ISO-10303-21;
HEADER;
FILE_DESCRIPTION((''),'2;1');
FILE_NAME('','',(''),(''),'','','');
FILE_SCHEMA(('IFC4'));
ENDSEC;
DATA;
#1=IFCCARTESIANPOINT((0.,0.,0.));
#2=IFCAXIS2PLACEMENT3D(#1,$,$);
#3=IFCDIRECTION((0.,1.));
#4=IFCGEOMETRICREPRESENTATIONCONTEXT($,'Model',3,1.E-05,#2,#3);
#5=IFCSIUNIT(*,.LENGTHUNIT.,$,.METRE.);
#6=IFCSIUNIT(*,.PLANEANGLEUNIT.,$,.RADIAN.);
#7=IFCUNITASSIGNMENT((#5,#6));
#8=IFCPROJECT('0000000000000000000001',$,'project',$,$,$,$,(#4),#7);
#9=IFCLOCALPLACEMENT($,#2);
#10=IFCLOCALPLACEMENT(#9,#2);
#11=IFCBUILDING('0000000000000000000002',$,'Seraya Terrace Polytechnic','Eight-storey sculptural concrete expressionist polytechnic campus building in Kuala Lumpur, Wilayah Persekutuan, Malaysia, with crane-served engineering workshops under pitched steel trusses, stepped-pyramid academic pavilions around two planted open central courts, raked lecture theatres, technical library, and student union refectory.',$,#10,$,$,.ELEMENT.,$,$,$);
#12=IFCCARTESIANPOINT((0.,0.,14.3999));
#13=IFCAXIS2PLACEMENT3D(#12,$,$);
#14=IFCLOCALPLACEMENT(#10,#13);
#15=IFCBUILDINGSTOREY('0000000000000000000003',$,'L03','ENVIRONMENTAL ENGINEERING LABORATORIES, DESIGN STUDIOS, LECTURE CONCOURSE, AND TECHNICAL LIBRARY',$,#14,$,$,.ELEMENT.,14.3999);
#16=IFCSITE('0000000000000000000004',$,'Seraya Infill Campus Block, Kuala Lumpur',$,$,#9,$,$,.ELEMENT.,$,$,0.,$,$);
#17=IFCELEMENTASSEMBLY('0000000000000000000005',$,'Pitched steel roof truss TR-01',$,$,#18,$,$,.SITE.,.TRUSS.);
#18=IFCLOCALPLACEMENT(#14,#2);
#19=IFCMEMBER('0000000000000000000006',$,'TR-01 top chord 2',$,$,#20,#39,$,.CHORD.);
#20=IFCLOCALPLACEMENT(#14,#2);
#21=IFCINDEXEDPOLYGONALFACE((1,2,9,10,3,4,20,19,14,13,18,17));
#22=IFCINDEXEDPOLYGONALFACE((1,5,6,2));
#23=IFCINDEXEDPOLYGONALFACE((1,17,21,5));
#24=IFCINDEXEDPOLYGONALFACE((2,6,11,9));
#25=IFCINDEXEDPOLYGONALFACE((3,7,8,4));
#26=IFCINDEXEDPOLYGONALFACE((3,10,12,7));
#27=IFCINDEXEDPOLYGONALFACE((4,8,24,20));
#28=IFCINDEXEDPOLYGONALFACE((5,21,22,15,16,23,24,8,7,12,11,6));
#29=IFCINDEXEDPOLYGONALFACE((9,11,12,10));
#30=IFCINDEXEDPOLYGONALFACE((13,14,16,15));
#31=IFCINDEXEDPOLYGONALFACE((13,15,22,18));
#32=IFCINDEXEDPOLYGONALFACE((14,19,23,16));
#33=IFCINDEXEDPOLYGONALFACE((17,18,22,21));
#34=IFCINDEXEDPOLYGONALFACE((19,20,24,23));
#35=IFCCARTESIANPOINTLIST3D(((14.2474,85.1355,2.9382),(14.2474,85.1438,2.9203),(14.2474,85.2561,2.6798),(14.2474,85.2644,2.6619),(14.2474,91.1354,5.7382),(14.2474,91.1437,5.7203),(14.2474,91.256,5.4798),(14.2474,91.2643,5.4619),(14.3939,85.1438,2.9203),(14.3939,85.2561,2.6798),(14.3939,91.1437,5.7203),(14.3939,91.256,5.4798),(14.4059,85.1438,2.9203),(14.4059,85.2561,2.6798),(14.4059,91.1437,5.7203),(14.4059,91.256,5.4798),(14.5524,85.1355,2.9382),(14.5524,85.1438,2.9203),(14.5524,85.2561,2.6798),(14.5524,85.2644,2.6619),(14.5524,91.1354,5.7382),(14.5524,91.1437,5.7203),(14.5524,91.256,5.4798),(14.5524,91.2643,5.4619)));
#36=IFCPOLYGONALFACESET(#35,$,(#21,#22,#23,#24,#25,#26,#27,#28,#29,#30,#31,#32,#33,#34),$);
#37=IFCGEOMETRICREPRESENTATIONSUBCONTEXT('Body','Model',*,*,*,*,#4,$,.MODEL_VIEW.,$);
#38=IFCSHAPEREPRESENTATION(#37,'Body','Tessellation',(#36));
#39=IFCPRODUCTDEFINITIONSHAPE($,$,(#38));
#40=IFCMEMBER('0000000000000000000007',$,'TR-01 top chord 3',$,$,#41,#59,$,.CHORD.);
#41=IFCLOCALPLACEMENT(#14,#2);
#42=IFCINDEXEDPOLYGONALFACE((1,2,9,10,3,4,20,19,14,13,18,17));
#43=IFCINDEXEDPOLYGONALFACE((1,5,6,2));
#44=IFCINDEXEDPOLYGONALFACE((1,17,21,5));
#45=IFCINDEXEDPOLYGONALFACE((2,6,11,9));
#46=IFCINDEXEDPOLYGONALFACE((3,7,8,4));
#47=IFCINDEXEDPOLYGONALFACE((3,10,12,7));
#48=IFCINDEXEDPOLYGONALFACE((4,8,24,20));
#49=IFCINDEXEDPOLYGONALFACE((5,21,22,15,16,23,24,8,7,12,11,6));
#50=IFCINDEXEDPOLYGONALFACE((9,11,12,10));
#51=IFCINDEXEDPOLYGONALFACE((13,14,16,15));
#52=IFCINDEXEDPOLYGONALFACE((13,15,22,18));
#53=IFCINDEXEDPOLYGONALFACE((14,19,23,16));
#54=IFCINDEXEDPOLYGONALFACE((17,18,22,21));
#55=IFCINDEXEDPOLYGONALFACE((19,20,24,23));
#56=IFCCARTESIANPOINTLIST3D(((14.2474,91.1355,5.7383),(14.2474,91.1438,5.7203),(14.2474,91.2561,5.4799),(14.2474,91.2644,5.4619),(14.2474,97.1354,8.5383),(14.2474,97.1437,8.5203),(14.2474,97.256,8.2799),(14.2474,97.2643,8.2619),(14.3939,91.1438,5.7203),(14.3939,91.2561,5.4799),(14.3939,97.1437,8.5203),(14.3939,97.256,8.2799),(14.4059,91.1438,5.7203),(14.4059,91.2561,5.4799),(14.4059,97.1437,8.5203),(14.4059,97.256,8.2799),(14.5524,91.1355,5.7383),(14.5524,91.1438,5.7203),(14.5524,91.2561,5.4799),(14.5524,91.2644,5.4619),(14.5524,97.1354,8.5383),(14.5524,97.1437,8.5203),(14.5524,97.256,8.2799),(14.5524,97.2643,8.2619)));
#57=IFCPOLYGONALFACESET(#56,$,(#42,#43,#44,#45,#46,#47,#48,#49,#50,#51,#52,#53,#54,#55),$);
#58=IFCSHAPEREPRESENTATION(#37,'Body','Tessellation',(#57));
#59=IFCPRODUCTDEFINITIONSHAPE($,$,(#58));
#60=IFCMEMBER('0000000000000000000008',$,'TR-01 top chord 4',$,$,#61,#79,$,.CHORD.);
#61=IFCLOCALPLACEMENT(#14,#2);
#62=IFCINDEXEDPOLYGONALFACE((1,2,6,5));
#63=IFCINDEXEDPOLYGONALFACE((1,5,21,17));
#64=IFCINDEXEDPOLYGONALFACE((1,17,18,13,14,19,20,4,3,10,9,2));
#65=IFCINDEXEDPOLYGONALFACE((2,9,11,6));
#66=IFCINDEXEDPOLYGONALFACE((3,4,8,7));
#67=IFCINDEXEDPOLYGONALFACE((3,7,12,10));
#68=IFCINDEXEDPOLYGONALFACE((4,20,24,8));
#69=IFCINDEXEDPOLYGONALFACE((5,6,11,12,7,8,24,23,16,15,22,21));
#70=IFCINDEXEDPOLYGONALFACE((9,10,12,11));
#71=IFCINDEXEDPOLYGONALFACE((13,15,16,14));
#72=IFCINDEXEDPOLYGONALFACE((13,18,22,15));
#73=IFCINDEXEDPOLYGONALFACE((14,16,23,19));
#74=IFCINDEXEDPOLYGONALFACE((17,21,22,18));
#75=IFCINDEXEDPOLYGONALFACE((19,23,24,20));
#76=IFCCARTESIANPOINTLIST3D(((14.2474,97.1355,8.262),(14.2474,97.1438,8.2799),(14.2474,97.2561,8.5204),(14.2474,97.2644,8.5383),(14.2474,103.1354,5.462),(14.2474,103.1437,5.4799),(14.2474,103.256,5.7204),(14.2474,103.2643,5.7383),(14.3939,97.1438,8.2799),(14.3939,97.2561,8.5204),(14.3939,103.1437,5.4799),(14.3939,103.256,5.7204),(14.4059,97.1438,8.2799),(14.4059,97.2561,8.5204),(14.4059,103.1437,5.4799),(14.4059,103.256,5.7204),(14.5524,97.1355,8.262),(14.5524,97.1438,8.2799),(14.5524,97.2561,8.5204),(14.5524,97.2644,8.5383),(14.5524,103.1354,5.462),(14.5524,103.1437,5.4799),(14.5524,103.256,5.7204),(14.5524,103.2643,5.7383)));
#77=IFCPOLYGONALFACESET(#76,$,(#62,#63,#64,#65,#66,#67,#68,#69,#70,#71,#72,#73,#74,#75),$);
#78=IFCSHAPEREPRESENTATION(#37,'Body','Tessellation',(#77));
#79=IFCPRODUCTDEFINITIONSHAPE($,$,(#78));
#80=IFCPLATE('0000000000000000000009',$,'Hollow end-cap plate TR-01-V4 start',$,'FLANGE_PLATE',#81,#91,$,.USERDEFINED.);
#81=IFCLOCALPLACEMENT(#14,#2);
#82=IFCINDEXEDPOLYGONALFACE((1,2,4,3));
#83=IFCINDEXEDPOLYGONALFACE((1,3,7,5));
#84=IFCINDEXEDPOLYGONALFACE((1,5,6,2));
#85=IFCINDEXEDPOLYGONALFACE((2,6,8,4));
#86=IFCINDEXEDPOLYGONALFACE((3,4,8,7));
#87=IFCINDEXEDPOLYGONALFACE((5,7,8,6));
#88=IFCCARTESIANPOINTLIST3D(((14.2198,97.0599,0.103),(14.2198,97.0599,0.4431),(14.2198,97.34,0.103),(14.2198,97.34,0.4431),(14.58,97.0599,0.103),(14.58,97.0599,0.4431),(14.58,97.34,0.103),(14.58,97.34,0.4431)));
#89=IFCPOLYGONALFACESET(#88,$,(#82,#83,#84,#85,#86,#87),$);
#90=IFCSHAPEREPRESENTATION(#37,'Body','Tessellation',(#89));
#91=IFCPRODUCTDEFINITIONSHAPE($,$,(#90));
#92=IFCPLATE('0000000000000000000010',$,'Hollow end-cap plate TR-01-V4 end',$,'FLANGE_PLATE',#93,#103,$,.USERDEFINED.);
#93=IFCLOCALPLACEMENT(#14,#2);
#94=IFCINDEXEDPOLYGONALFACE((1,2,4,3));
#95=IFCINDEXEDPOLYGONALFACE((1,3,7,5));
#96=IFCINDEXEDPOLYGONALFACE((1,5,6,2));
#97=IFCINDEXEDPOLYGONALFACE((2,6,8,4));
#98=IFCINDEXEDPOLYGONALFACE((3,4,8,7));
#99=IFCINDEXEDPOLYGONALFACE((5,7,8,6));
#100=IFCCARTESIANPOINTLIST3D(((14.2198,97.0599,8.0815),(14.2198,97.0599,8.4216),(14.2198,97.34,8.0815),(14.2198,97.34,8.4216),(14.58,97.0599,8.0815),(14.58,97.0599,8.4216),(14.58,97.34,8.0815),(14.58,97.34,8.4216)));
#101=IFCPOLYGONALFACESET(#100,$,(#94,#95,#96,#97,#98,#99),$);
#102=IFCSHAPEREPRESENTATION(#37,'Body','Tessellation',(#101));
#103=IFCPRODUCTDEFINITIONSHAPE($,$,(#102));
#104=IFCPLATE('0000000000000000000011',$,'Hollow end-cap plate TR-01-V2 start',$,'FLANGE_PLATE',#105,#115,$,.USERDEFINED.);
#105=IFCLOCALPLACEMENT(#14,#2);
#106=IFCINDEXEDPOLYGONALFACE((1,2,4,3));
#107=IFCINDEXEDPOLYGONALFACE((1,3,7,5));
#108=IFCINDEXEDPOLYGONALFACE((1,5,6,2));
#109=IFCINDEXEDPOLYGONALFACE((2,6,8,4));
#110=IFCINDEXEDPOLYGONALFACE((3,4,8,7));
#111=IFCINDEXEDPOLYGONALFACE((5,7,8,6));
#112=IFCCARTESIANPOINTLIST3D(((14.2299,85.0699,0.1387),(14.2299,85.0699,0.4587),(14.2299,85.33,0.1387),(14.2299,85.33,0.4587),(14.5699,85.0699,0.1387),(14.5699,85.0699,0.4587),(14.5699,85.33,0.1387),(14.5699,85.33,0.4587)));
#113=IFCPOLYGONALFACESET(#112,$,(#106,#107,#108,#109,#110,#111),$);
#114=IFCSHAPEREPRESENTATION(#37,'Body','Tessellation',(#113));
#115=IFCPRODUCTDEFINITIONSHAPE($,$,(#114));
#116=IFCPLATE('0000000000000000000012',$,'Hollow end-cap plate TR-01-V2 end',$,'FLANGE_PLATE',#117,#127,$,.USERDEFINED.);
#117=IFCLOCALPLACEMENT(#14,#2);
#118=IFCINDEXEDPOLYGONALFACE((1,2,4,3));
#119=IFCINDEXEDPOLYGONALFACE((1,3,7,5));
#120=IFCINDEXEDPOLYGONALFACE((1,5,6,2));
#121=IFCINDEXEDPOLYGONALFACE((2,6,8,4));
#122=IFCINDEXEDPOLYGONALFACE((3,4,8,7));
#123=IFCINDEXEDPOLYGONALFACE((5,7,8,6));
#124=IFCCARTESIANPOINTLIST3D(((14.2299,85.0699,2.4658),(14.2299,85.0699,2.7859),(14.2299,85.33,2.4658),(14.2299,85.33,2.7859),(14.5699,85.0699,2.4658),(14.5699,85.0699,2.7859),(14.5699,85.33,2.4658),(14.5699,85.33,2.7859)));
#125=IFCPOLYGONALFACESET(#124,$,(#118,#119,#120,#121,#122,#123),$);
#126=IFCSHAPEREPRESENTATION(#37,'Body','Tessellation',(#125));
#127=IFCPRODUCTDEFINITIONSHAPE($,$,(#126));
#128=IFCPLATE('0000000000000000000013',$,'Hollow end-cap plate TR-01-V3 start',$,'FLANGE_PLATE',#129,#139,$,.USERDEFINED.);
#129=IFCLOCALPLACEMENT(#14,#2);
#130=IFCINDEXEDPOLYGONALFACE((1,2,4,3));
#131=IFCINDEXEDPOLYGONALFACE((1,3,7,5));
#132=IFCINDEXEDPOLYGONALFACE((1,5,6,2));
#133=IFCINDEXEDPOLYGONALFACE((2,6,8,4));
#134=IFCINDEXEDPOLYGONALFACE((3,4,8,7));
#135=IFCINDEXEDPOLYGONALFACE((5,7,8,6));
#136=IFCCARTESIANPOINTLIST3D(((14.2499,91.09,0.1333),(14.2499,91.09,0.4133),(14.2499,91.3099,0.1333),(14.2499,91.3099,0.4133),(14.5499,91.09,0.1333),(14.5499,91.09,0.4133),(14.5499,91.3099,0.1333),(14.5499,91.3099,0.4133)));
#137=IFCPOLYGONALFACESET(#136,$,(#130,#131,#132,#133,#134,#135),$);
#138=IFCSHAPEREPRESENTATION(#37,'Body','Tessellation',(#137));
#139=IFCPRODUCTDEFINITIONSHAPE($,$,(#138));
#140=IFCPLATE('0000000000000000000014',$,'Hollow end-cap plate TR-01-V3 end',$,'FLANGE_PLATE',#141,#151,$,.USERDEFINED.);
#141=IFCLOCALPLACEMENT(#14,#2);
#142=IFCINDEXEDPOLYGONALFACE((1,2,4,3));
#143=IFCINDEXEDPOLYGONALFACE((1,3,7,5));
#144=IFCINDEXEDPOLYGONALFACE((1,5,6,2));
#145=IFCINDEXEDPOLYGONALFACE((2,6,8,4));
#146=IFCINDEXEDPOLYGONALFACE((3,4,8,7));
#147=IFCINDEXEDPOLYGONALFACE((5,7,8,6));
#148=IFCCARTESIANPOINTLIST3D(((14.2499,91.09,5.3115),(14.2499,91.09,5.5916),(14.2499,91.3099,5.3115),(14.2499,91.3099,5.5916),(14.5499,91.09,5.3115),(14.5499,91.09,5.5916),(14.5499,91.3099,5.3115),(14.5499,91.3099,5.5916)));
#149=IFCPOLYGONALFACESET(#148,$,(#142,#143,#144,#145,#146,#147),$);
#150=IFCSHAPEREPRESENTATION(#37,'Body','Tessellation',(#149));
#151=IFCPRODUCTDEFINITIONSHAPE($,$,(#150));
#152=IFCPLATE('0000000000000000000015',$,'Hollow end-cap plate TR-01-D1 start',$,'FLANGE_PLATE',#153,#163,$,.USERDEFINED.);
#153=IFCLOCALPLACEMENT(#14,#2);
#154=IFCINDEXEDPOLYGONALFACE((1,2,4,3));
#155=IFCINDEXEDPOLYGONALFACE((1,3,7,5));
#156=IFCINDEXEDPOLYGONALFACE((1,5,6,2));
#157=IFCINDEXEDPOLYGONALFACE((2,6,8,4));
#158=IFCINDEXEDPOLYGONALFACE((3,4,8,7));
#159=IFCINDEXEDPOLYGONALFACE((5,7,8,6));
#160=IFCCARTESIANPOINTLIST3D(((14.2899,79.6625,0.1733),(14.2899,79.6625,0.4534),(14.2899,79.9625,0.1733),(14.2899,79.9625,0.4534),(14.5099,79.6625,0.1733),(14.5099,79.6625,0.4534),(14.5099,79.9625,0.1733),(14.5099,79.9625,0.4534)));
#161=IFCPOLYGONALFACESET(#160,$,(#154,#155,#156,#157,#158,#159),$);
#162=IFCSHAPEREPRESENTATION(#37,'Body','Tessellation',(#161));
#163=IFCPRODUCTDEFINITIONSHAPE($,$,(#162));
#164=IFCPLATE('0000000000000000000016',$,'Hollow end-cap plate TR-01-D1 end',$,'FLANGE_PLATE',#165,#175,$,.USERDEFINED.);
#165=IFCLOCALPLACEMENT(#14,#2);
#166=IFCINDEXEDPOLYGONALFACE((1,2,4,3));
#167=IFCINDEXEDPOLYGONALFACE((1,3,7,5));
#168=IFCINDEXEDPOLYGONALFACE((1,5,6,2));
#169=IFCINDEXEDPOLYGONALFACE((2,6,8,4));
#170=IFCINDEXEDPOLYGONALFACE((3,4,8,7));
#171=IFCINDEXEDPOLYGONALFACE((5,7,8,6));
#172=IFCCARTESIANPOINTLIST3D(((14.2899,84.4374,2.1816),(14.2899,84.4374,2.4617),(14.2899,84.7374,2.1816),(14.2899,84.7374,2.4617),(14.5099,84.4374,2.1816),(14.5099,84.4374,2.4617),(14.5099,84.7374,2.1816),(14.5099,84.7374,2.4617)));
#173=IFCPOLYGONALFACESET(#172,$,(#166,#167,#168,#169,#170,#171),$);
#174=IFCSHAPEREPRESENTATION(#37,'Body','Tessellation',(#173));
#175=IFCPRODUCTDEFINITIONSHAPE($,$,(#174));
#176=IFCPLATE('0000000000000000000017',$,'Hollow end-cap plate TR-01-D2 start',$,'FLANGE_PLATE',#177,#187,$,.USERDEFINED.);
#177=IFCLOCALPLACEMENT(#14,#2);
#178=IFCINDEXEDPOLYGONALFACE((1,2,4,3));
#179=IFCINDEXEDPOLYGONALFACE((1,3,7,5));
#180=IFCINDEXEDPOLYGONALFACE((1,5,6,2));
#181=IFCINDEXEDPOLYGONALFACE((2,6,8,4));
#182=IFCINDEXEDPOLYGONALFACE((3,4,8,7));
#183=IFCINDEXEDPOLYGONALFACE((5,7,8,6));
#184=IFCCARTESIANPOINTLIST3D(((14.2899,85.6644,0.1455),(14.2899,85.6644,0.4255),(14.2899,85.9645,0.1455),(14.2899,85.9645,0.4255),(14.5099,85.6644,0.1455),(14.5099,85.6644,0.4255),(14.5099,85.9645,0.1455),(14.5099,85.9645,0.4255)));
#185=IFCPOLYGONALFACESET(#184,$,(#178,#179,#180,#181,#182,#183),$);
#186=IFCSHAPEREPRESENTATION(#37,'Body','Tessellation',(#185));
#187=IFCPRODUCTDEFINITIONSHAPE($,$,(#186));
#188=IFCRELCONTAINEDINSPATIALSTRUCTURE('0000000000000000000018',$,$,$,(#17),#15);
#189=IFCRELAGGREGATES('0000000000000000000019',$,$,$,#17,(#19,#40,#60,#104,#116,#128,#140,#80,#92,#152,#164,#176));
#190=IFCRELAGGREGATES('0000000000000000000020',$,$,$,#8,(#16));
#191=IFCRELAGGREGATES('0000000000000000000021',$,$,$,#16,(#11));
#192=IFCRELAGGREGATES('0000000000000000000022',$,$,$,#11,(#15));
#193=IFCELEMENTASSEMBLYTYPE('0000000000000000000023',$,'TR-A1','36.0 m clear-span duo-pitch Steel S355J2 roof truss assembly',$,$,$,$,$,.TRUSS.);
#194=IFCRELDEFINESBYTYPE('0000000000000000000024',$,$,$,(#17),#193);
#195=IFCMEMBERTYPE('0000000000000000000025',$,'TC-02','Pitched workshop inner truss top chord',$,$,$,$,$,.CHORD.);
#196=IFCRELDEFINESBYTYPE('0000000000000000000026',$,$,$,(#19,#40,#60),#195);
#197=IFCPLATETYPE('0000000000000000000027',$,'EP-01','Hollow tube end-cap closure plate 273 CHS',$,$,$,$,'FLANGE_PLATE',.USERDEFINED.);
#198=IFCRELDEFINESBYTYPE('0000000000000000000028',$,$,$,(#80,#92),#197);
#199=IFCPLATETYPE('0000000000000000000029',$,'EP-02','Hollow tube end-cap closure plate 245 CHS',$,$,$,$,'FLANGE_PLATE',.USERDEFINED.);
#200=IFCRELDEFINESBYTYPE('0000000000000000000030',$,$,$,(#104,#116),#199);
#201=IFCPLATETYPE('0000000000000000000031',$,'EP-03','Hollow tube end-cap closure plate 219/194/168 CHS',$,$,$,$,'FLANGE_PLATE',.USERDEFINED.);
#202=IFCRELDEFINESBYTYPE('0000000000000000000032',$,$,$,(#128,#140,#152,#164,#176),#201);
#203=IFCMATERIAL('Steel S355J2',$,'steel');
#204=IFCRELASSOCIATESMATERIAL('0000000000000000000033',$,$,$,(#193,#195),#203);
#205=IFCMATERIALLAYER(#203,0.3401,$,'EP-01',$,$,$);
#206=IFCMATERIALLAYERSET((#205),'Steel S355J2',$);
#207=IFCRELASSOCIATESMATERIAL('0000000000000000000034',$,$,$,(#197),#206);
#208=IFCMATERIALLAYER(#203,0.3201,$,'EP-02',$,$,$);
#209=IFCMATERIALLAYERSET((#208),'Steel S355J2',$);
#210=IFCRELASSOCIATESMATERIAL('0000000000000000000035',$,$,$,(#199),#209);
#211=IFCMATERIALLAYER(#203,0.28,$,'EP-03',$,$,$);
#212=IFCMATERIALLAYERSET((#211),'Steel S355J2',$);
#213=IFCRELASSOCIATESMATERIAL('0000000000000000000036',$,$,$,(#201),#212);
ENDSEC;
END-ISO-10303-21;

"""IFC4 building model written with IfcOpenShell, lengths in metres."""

from ifc_helpers import new_model, si_unit, direction, frame, origin, origin_2d, place, context, subcontext, project, spatial, rectangle, i_section, extrude, material, layer, layer_set, material_profile, profile_set, type_object, element, aggregate, save


model = new_model("IFC4")

# Units and contexts
model_context = context("Model", 3, precision=1e-05, world=origin(), true_north=direction((0.0, 1.0)))
body_context = subcontext(model_context, "Body", "Model", "MODEL_VIEW")
ifc_project = project(units=[si_unit("LENGTHUNIT", "METRE"), si_unit("PLANEANGLEUNIT", "RADIAN")], contexts=[model_context])

# Site, building, storey
site_placement = place(None, origin())
site = spatial("IfcSite", under=ifc_project, at=site_placement, Name="Seraya Infill Campus Block, Kuala Lumpur", CompositionType="ELEMENT", RefElevation=0.0)
building_placement = place(site_placement, origin())
building = spatial("IfcBuilding", under=site, at=building_placement, Name="Seraya Terrace Polytechnic", Description="Eight-storey sculptural concrete expressionist polytechnic campus building in Kuala Lumpur, Wilayah Persekutuan, Malaysia, with crane-served engineering workshops under pitched steel trusses, stepped-pyramid academic pavilions around two planted open central courts, raked lecture theatres, technical library, and student union refectory.", CompositionType="ELEMENT")
storey_placement = place(building_placement, frame((0.0, 0.0, 14.3999)))
storey = spatial("IfcBuildingStorey", under=building, at=storey_placement, Name="L03", Description="ENVIRONMENTAL ENGINEERING LABORATORIES, DESIGN STUDIOS, LECTURE CONCOURSE, AND TECHNICAL LIBRARY", CompositionType="ELEMENT", Elevation=14.3999)

# Element assembly
ifc_material_1 = material(Name="Steel S355J2", Category="steel")
element_assembly_type = type_object("IfcElementAssemblyType", Name="TR-A1", Description="36.0 m clear-span duo-pitch Steel S355J2 roof truss assembly", PredefinedType="TRUSS", material=ifc_material_1)
assembly_placement = place(storey_placement, origin())
assembly = element("IfcElementAssembly", 1, at=assembly_placement, inside=storey, type_object=element_assembly_type, Name="Pitched steel roof truss TR-01", AssemblyPlace="SITE", PredefinedType="TRUSS")

# Members
ifc_material_profile_1 = material_profile(ifc_material_1, i_section(OverallWidth=0.3049, OverallDepth=0.3049, WebThickness=0.012, FlangeThickness=0.0198, at=origin_2d()), Name="UKC 305x305x12.0x19.7")
ifc_profile_set_1 = profile_set([ifc_material_profile_1], Name="Steel S355J2")
member_type_1 = type_object("IfcMemberType", Name="TC-02", Description="Pitched workshop inner truss top chord", PredefinedType="CHORD", material=ifc_profile_set_1)
member_1_placement = place(storey_placement, frame((14.3999, 85.2, 2.8), z_axis=(0.0, 0.90618, 0.422892), x_axis=(-1.0, 0.0, 0.0)))
member_1 = element("IfcMember", 2, at=member_1_placement, type_object=member_type_1, Name="TR-01 top chord 2", PredefinedType="CHORD", context=body_context, shape_type="SweptSolid", body=[
    extrude(i_section(OverallWidth=0.3049, OverallDepth=0.3049, WebThickness=0.012, FlangeThickness=0.0198, at=origin_2d()), origin(), (0.0, 0.0, 1.0), 6.6211),
])
member_2_placement = place(storey_placement, frame((14.3999, 91.2, 5.6001), z_axis=(0.0, 0.90618, 0.422892), x_axis=(-1.0, 0.0, 0.0)))
member_2 = element("IfcMember", 3, at=member_2_placement, type_object=member_type_1, Name="TR-01 top chord 3", PredefinedType="CHORD", context=body_context, shape_type="SweptSolid", body=[
    extrude(i_section(OverallWidth=0.3049, OverallDepth=0.3049, WebThickness=0.012, FlangeThickness=0.0198, at=origin_2d()), origin(), (0.0, 0.0, 1.0), 6.6211),
])
member_3_placement = place(storey_placement, frame((14.3999, 97.2, 8.4001), z_axis=(0.0, 0.90618, -0.422892), x_axis=(-1.0, 0.0, 0.0)))
member_3 = element("IfcMember", 4, at=member_3_placement, type_object=member_type_1, Name="TR-01 top chord 4", PredefinedType="CHORD", context=body_context, shape_type="SweptSolid", body=[
    extrude(i_section(OverallWidth=0.3049, OverallDepth=0.3049, WebThickness=0.012, FlangeThickness=0.0198, at=origin_2d()), origin(), (0.0, 0.0, 1.0), 6.6211),
])

# Plates
ifc_layer_1 = layer(ifc_material_1, 0.3401, Name="EP-01")
ifc_layer_set_1 = layer_set([ifc_layer_1], Name="Steel S355J2")
plate_type_1 = type_object("IfcPlateType", Name="EP-01", Description="Hollow tube end-cap closure plate 273 CHS", ElementType="FLANGE_PLATE", PredefinedType="USERDEFINED", material=ifc_layer_set_1)
plate_1_placement = place(storey_placement, frame((14.3999, 97.2, 0.103), z_axis=(0.0, 0.0, 1.0), x_axis=(1.0, 0.0, 0.0)))
plate_1 = element("IfcPlate", 5, at=plate_1_placement, type_object=plate_type_1, Name="Hollow end-cap plate TR-01-V4 start", ObjectType="FLANGE_PLATE", PredefinedType="USERDEFINED", context=body_context, shape_type="SweptSolid", body=[
    extrude(rectangle(XDim=0.3601, YDim=0.28, at=origin_2d()), origin(), (0.0, 0.0, 1.0), 0.3401),
])
plate_2_placement = place(storey_placement, frame((14.3999, 97.2, 8.0815), z_axis=(0.0, 0.0, 1.0), x_axis=(1.0, 0.0, 0.0)))
plate_2 = element("IfcPlate", 6, at=plate_2_placement, type_object=plate_type_1, Name="Hollow end-cap plate TR-01-V4 end", ObjectType="FLANGE_PLATE", PredefinedType="USERDEFINED", context=body_context, shape_type="SweptSolid", body=[
    extrude(rectangle(XDim=0.3601, YDim=0.28, at=origin_2d()), origin(), (0.0, 0.0, 1.0), 0.3401),
])
ifc_layer_2 = layer(ifc_material_1, 0.3201, Name="EP-02")
ifc_layer_set_2 = layer_set([ifc_layer_2], Name="Steel S355J2")
plate_type_2 = type_object("IfcPlateType", Name="EP-02", Description="Hollow tube end-cap closure plate 245 CHS", ElementType="FLANGE_PLATE", PredefinedType="USERDEFINED", material=ifc_layer_set_2)
plate_3_placement = place(storey_placement, frame((14.3999, 85.2, 0.1387), z_axis=(0.0, 0.0, 1.0), x_axis=(1.0, 0.0, 0.0)))
plate_3 = element("IfcPlate", 7, at=plate_3_placement, type_object=plate_type_2, Name="Hollow end-cap plate TR-01-V2 start", ObjectType="FLANGE_PLATE", PredefinedType="USERDEFINED", context=body_context, shape_type="SweptSolid", body=[
    extrude(rectangle(XDim=0.3401, YDim=0.26, at=origin_2d()), origin(), (0.0, 0.0, 1.0), 0.3201),
])
plate_4_placement = place(storey_placement, frame((14.3999, 85.2, 2.4658), z_axis=(0.0, 0.0, 1.0), x_axis=(1.0, 0.0, 0.0)))
plate_4 = element("IfcPlate", 8, at=plate_4_placement, type_object=plate_type_2, Name="Hollow end-cap plate TR-01-V2 end", ObjectType="FLANGE_PLATE", PredefinedType="USERDEFINED", context=body_context, shape_type="SweptSolid", body=[
    extrude(rectangle(XDim=0.3401, YDim=0.26, at=origin_2d()), origin(), (0.0, 0.0, 1.0), 0.3201),
])
ifc_layer_3 = layer(ifc_material_1, 0.28, Name="EP-03")
ifc_layer_set_3 = layer_set([ifc_layer_3], Name="Steel S355J2")
plate_type_3 = type_object("IfcPlateType", Name="EP-03", Description="Hollow tube end-cap closure plate 219/194/168 CHS", ElementType="FLANGE_PLATE", PredefinedType="USERDEFINED", material=ifc_layer_set_3)
plate_5_placement = place(storey_placement, frame((14.3999, 91.2, 0.1333), z_axis=(0.0, 0.0, 1.0), x_axis=(1.0, 0.0, 0.0)))
plate_5 = element("IfcPlate", 9, at=plate_5_placement, type_object=plate_type_3, Name="Hollow end-cap plate TR-01-V3 start", ObjectType="FLANGE_PLATE", PredefinedType="USERDEFINED", context=body_context, shape_type="SweptSolid", body=[
    extrude(rectangle(XDim=0.3, YDim=0.22, at=origin_2d()), origin(), (0.0, 0.0, 1.0), 0.28),
])
plate_6_placement = place(storey_placement, frame((14.3999, 91.2, 5.3115), z_axis=(0.0, 0.0, 1.0), x_axis=(1.0, 0.0, 0.0)))
plate_6 = element("IfcPlate", 10, at=plate_6_placement, type_object=plate_type_3, Name="Hollow end-cap plate TR-01-V3 end", ObjectType="FLANGE_PLATE", PredefinedType="USERDEFINED", context=body_context, shape_type="SweptSolid", body=[
    extrude(rectangle(XDim=0.3, YDim=0.22, at=origin_2d()), origin(), (0.0, 0.0, 1.0), 0.28),
])
plate_7_placement = place(storey_placement, frame((14.3999, 79.8125, 0.1733), z_axis=(0.0, 0.0, 1.0), x_axis=(0.0, 1.0, 0.0)))
plate_7 = element("IfcPlate", 11, at=plate_7_placement, type_object=plate_type_3, Name="Hollow end-cap plate TR-01-D1 start", ObjectType="FLANGE_PLATE", PredefinedType="USERDEFINED", context=body_context, shape_type="SweptSolid", body=[
    extrude(rectangle(XDim=0.3, YDim=0.22, at=origin_2d()), origin(), (0.0, 0.0, 1.0), 0.28),
])
plate_8_placement = place(storey_placement, frame((14.3999, 84.5874, 2.1816), z_axis=(0.0, 0.0, 1.0), x_axis=(0.0, 1.0, 0.0)))
plate_8 = element("IfcPlate", 12, at=plate_8_placement, type_object=plate_type_3, Name="Hollow end-cap plate TR-01-D1 end", ObjectType="FLANGE_PLATE", PredefinedType="USERDEFINED", context=body_context, shape_type="SweptSolid", body=[
    extrude(rectangle(XDim=0.3, YDim=0.22, at=origin_2d()), origin(), (0.0, 0.0, 1.0), 0.28),
])
plate_9_placement = place(storey_placement, frame((14.3999, 85.8145, 0.1455), z_axis=(0.0, 0.0, 1.0), x_axis=(0.0, 1.0, 0.0)))
plate_9 = element("IfcPlate", 13, at=plate_9_placement, type_object=plate_type_3, Name="Hollow end-cap plate TR-01-D2 start", ObjectType="FLANGE_PLATE", PredefinedType="USERDEFINED", context=body_context, shape_type="SweptSolid", body=[
    extrude(rectangle(XDim=0.3, YDim=0.22, at=origin_2d()), origin(), (0.0, 0.0, 1.0), 0.28),
])
aggregate(assembly, [member_1, member_2, member_3, plate_3, plate_4, plate_5, plate_6, plate_1, plate_2, plate_7, plate_8, plate_9])

save(model, "model.ifc")
